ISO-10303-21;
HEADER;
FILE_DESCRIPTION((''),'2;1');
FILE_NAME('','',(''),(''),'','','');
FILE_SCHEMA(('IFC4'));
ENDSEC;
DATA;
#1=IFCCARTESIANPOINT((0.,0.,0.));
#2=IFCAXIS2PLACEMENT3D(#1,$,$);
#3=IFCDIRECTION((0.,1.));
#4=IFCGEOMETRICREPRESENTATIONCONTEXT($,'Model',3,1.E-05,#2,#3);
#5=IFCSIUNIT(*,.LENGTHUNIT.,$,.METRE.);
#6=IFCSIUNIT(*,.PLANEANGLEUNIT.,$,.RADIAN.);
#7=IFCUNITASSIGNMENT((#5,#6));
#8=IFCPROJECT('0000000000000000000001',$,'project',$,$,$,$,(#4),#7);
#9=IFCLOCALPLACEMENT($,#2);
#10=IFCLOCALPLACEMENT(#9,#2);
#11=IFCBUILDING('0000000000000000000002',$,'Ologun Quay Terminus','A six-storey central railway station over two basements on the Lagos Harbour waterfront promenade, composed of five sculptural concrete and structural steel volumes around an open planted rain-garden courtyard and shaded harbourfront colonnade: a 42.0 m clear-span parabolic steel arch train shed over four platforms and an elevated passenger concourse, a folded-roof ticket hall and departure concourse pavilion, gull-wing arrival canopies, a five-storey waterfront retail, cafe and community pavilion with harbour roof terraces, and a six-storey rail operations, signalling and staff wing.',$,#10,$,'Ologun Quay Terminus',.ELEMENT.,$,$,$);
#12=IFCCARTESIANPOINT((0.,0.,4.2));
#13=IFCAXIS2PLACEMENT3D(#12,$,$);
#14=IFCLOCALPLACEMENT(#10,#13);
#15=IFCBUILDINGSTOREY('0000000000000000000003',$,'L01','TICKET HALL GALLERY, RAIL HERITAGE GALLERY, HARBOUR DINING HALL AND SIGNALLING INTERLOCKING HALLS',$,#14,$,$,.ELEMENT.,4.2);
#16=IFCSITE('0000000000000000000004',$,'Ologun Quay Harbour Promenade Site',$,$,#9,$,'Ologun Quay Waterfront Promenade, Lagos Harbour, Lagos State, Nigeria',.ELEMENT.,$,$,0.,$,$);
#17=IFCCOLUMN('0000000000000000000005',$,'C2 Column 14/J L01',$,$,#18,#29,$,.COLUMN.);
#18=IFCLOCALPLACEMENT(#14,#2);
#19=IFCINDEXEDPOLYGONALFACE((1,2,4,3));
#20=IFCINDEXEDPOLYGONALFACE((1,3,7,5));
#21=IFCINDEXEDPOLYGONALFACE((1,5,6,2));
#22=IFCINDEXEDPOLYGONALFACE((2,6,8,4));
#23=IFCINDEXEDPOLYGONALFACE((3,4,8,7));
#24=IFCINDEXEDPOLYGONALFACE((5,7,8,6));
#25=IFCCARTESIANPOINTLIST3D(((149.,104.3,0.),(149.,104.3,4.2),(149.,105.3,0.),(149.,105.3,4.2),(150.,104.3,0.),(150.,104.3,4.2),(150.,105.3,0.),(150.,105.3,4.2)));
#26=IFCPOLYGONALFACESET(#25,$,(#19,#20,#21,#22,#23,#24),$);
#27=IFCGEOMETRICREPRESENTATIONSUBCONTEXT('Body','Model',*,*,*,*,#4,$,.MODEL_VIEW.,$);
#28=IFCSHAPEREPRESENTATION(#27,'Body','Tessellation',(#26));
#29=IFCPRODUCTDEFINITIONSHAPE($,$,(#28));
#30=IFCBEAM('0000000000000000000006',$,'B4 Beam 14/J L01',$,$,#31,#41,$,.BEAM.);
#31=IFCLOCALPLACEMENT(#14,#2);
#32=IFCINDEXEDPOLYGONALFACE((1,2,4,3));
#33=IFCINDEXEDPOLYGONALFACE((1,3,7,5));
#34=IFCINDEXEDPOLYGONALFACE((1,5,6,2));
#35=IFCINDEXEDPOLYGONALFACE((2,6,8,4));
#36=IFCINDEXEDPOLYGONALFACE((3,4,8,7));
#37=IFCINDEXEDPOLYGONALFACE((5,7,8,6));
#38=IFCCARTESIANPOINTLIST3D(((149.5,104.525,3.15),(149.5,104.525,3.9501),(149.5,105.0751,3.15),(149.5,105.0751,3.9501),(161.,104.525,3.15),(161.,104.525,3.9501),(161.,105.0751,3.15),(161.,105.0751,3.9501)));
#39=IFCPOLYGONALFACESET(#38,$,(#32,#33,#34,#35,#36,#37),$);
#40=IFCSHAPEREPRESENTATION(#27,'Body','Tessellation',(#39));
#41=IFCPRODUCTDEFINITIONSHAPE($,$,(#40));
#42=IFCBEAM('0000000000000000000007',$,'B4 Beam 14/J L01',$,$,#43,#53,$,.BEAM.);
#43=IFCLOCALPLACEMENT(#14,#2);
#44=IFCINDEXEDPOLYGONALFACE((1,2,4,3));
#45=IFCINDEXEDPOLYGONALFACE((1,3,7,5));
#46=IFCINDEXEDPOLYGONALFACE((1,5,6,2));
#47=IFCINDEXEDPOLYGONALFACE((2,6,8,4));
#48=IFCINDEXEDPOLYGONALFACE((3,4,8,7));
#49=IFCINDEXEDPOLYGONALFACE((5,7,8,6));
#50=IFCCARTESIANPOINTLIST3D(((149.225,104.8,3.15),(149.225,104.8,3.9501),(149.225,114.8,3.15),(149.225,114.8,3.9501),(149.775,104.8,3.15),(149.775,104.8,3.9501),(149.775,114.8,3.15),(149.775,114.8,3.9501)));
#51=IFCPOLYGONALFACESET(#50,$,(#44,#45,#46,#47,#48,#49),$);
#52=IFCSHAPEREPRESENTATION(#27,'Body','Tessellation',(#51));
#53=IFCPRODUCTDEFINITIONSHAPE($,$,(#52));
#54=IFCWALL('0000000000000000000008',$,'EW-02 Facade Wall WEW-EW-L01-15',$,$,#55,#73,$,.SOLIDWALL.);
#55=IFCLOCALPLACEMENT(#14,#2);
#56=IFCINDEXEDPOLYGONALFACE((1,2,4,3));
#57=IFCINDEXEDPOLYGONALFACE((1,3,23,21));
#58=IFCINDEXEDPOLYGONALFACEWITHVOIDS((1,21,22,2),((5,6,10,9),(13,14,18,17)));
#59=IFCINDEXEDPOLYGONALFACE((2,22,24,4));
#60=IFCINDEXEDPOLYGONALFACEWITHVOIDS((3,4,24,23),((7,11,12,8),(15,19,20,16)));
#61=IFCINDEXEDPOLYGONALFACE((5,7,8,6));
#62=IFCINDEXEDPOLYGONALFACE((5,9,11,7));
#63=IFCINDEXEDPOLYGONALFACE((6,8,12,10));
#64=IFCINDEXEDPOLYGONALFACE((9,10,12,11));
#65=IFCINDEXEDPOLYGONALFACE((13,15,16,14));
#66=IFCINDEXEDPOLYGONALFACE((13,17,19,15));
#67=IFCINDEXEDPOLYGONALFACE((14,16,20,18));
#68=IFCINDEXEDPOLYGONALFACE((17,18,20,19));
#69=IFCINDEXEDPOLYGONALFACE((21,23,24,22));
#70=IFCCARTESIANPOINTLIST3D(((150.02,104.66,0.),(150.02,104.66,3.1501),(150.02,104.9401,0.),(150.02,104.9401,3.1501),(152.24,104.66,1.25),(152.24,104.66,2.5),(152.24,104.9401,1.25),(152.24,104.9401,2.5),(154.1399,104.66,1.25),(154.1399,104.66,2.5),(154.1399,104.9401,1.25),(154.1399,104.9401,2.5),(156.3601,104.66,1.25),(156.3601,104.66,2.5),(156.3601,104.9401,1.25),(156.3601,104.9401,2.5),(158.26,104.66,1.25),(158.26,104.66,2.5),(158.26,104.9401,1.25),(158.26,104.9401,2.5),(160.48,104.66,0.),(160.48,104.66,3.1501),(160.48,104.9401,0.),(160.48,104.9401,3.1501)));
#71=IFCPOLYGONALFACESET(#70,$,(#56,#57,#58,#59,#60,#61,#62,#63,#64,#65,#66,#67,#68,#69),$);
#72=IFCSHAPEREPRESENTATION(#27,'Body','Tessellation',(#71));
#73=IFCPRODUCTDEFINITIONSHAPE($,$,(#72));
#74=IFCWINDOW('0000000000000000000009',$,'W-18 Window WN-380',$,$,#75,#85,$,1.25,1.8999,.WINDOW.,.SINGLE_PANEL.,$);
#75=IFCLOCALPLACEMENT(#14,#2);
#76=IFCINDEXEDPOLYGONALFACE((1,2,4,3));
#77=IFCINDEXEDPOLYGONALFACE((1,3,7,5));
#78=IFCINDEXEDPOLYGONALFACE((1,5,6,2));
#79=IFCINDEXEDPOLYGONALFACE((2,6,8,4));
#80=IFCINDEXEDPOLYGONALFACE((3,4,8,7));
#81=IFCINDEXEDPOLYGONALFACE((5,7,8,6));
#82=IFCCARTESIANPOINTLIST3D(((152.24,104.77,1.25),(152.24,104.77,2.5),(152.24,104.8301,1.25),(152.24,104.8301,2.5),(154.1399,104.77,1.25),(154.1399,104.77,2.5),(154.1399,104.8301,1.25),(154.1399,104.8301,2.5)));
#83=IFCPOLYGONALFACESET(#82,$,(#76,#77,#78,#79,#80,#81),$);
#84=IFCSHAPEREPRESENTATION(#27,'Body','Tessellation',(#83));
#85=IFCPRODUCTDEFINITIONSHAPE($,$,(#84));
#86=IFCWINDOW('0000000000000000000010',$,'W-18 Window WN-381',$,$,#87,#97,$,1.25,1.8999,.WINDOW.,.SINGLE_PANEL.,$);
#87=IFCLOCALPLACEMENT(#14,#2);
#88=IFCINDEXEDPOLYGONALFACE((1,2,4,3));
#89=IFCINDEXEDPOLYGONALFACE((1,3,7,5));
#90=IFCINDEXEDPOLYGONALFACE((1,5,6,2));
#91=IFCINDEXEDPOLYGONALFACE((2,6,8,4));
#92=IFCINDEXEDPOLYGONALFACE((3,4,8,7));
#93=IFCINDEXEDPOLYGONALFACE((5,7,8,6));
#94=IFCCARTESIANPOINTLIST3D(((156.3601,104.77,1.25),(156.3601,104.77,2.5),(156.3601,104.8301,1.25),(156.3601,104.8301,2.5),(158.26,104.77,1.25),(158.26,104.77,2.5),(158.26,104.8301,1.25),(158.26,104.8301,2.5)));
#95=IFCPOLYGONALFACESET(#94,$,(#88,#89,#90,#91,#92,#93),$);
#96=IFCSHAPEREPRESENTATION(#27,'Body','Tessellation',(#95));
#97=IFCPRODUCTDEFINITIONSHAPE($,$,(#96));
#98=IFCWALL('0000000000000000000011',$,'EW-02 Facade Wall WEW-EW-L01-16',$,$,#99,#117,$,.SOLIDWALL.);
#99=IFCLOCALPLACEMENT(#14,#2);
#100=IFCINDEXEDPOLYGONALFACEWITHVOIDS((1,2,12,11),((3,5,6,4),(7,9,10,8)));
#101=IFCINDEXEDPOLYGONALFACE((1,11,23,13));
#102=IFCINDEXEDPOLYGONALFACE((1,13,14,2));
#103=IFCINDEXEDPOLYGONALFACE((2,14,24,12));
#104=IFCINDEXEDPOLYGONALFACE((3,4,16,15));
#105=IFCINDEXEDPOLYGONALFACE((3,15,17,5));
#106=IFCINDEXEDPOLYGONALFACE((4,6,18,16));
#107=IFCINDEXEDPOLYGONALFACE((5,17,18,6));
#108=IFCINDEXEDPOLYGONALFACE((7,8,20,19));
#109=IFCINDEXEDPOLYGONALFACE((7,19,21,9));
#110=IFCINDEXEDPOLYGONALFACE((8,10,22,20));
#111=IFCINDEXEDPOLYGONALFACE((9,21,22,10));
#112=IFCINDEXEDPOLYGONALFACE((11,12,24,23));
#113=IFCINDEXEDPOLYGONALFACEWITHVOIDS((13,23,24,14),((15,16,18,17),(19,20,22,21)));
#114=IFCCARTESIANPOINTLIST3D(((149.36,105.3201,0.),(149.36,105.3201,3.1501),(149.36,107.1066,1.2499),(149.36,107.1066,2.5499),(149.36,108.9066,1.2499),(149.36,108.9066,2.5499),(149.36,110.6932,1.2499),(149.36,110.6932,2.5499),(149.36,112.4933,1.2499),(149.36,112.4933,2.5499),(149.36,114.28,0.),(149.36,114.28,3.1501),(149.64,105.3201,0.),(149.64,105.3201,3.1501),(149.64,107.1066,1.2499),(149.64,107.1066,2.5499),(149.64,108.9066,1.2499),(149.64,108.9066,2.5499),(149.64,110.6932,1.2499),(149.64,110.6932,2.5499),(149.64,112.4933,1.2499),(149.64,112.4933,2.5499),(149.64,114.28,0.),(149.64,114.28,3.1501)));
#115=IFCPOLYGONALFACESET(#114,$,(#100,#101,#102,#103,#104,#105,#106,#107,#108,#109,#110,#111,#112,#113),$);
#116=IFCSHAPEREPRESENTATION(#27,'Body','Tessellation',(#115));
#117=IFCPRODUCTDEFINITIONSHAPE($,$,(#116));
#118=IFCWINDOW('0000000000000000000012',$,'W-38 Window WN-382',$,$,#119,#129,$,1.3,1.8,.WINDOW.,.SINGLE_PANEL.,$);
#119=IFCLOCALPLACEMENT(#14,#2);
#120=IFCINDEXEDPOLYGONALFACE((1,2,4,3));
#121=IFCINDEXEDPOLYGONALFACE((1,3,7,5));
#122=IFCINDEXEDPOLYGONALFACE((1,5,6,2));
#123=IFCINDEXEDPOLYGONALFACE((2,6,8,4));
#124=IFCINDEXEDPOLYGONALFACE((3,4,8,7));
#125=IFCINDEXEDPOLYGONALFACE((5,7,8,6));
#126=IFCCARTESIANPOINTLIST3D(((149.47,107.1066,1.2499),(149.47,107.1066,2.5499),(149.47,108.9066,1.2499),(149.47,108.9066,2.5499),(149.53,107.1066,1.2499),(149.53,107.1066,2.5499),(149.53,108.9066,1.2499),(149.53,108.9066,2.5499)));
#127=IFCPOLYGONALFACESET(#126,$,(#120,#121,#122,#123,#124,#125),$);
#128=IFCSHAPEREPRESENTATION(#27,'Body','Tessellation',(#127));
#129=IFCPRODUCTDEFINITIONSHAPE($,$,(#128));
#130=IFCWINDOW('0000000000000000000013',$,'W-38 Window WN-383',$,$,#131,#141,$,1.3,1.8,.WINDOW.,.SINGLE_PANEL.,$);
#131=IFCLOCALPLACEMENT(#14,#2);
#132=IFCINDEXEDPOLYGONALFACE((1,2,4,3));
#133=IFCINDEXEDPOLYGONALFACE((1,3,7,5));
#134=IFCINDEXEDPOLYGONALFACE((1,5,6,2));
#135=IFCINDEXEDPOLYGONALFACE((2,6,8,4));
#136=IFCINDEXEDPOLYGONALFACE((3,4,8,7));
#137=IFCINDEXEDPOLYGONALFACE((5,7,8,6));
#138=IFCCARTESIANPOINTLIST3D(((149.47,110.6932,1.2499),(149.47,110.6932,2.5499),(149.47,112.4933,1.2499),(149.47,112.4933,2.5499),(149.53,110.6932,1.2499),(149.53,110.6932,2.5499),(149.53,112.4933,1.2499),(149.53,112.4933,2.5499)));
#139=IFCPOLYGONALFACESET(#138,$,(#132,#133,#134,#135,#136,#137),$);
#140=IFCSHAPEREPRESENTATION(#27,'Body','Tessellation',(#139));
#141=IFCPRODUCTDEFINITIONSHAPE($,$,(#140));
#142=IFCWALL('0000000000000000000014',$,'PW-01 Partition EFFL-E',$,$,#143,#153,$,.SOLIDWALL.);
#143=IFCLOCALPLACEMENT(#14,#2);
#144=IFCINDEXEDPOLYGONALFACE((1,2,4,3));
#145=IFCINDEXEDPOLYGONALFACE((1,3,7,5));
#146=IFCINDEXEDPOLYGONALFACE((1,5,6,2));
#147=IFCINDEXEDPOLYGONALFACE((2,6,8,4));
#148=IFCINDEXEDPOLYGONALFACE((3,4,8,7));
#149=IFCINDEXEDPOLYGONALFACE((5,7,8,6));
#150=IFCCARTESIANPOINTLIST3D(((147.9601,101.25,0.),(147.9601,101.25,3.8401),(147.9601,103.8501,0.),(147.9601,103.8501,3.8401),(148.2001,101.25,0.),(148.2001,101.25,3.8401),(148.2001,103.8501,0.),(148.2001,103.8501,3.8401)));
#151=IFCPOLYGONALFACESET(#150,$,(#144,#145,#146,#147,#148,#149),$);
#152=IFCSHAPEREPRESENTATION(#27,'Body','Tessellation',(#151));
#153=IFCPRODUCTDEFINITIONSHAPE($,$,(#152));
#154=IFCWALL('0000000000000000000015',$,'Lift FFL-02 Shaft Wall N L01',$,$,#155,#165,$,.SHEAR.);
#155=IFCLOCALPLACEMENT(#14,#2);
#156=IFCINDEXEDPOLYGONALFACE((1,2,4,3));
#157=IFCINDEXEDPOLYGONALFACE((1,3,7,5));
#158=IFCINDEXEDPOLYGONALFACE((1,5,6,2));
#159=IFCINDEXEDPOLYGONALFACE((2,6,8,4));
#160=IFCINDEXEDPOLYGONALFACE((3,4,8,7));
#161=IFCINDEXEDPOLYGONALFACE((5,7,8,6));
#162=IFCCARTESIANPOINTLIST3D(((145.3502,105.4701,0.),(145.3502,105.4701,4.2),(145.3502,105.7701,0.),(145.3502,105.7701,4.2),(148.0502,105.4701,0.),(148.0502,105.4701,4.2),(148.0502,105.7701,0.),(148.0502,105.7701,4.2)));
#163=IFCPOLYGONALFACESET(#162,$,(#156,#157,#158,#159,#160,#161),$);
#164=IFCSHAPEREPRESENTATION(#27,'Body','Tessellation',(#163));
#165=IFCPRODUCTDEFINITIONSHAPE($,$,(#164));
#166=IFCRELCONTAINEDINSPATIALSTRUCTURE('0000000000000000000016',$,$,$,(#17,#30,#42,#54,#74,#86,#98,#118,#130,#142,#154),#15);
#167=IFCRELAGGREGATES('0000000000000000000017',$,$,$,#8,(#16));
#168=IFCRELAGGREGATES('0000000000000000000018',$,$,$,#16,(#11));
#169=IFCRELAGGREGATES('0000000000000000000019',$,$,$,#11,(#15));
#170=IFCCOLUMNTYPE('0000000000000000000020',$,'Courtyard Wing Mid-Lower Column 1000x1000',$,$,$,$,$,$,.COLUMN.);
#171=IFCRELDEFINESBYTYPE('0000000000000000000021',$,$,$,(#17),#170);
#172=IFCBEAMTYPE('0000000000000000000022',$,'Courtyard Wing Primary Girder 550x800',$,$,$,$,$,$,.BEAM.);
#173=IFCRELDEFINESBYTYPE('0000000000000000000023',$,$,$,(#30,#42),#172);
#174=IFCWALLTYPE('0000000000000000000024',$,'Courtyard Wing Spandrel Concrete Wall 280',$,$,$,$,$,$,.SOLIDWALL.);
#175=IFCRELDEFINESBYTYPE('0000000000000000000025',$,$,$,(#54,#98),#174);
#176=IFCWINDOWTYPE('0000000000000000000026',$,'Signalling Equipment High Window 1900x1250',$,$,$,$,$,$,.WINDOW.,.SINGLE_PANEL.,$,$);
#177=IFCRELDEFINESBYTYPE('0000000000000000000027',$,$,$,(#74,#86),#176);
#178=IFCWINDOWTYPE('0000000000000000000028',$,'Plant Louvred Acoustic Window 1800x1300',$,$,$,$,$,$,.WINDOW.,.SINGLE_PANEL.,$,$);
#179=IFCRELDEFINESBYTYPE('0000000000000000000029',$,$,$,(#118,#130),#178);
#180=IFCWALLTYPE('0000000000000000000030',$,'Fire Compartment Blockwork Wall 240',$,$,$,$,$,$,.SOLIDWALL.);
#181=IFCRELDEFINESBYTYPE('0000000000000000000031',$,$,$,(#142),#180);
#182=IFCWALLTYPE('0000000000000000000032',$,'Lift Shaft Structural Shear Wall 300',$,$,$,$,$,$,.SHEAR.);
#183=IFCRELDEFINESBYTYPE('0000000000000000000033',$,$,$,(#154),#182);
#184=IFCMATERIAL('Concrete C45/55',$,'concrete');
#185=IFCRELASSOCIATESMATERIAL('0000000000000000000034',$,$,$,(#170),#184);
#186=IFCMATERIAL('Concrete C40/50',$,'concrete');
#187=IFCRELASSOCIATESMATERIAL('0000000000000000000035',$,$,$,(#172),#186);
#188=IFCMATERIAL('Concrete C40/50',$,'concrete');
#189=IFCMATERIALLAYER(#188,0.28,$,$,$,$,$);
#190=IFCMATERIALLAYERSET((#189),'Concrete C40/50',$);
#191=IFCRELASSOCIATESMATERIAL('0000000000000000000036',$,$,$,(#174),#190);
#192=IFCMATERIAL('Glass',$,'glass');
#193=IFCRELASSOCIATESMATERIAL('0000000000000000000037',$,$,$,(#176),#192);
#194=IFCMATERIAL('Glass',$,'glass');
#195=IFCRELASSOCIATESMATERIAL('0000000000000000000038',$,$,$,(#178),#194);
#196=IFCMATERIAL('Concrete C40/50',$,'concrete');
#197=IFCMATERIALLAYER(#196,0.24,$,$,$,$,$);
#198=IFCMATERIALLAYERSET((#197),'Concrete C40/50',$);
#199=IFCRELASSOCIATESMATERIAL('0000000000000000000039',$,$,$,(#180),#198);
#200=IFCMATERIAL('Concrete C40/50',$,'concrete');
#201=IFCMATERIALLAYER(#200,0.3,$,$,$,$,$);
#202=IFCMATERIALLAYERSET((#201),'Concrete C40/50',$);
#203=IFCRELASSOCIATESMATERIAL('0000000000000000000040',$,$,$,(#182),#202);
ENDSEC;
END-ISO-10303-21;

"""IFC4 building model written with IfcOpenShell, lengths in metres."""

from ifc_helpers import new_model, si_unit, direction, frame, frame_2d, origin, origin_2d, place, context, subcontext, project, spatial, rectangle, extrude, material, layer, layer_set, material_profile, profile_set, type_object, element, fill, save


model = new_model("IFC4")

# Units and contexts
model_context = context("Model", 3, precision=1e-05, world=origin(), true_north=direction((0.0, 1.0)))
body_context = subcontext(model_context, "Body", "Model", "MODEL_VIEW")
ifc_project = project(units=[si_unit("LENGTHUNIT", "METRE"), si_unit("PLANEANGLEUNIT", "RADIAN")], contexts=[model_context])

# Site, building, storey
site_placement = place(None, origin())
site = spatial("IfcSite", under=ifc_project, at=site_placement, Name="Ologun Quay Harbour Promenade Site", LongName="Ologun Quay Waterfront Promenade, Lagos Harbour, Lagos State, Nigeria", CompositionType="ELEMENT", RefElevation=0.0)
building_placement = place(site_placement, origin())
building = spatial("IfcBuilding", under=site, at=building_placement, Name="Ologun Quay Terminus", Description="A six-storey central railway station over two basements on the Lagos Harbour waterfront promenade, composed of five sculptural concrete and structural steel volumes around an open planted rain-garden courtyard and shaded harbourfront colonnade: a 42.0 m clear-span parabolic steel arch train shed over four platforms and an elevated passenger concourse, a folded-roof ticket hall and departure concourse pavilion, gull-wing arrival canopies, a five-storey waterfront retail, cafe and community pavilion with harbour roof terraces, and a six-storey rail operations, signalling and staff wing.", LongName="Ologun Quay Terminus", CompositionType="ELEMENT")
storey_placement = place(building_placement, frame((0.0, 0.0, 4.2)))
storey = spatial("IfcBuildingStorey", under=building, at=storey_placement, Name="L01", Description="TICKET HALL GALLERY, RAIL HERITAGE GALLERY, HARBOUR DINING HALL AND SIGNALLING INTERLOCKING HALLS", CompositionType="ELEMENT", Elevation=4.2)

# Column
ifc_material_1 = material(Name="Concrete C45/55", Category="concrete")
ifc_material_profile_1 = material_profile(ifc_material_1, rectangle(XDim=1.0, YDim=1.0, at=origin_2d()), Name="RC 1000x1000")
ifc_profile_set_1 = profile_set([ifc_material_profile_1], Name="Concrete C45/55")
column_type = type_object("IfcColumnType", Name="Courtyard Wing Mid-Lower Column 1000x1000", PredefinedType="COLUMN", material=ifc_profile_set_1)
column_placement = place(storey_placement, frame((149.5, 104.8, 0.0), z_axis=(0.0, 0.0, 1.0), x_axis=(1.0, 0.0, 0.0)))
element("IfcColumn", 1, at=column_placement, inside=storey, type_object=column_type, Name="C2 Column 14/J L01", PredefinedType="COLUMN", context=body_context, shape_type="SweptSolid", body=[
    extrude(rectangle(XDim=1.0, YDim=1.0, at=origin_2d()), origin(), (0.0, 0.0, 1.0), 4.2),
])

# Beams
ifc_material_2 = material(Name="Concrete C40/50", Category="concrete")
ifc_material_profile_2 = material_profile(ifc_material_2, rectangle(XDim=0.55, YDim=0.8, at=origin_2d()), Name="RC 550x800")
ifc_profile_set_2 = profile_set([ifc_material_profile_2], Name="Concrete C40/50")
beam_type = type_object("IfcBeamType", Name="Courtyard Wing Primary Girder 550x800", PredefinedType="BEAM", material=ifc_profile_set_2)
beam_1_placement = place(storey_placement, frame((149.5, 104.8, 3.55), z_axis=(1.0, 0.0, 0.0), x_axis=(0.0, 1.0, 0.0)))
element("IfcBeam", 2, at=beam_1_placement, inside=storey, type_object=beam_type, Name="B4 Beam 14/J L01", PredefinedType="BEAM", context=body_context, shape_type="SweptSolid", body=[
    extrude(rectangle(XDim=0.55, YDim=0.8, at=origin_2d()), origin(), (0.0, 0.0, 1.0), 11.5),
])
beam_2_placement = place(storey_placement, frame((149.5, 104.8, 3.55), z_axis=(0.0, 1.0, 0.0), x_axis=(-1.0, 0.0, 0.0)))
element("IfcBeam", 3, at=beam_2_placement, inside=storey, type_object=beam_type, Name="B4 Beam 14/J L01", PredefinedType="BEAM", context=body_context, shape_type="SweptSolid", body=[
    extrude(rectangle(XDim=0.55, YDim=0.8, at=origin_2d()), origin(), (0.0, 0.0, 1.0), 10.0),
])

# Walls, openings, windows
ifc_material_3 = material(Name="Concrete C40/50", Category="concrete")
ifc_layer_1 = layer(ifc_material_3, 0.28)
ifc_layer_set_1 = layer_set([ifc_layer_1], Name="Concrete C40/50")
wall_type_1 = type_object("IfcWallType", Name="Courtyard Wing Spandrel Concrete Wall 280", PredefinedType="SOLIDWALL", material=ifc_layer_set_1)
wall_1_placement = place(storey_placement, frame((150.02, 104.8, 0.0), z_axis=(0.0, 0.0, 1.0), x_axis=(1.0, 0.0, 0.0)))
wall_1 = element("IfcWall", 4, at=wall_1_placement, inside=storey, type_object=wall_type_1, Name="EW-02 Facade Wall WEW-EW-L01-15", PredefinedType="SOLIDWALL", context=body_context, shape_type="SweptSolid", body=[
    extrude(rectangle(XDim=10.46, YDim=0.28, at=frame_2d((5.23, 0.0))), origin(), (0.0, 0.0, 1.0), 3.1501),
])
opening_1_placement = place(wall_1_placement, frame((2.22, 0.0, 1.25)))
opening_1 = element("IfcOpeningElement", 5, at=opening_1_placement, cuts=wall_1, PredefinedType="OPENING", context=body_context, shape_type="SweptSolid", body=[
    extrude(rectangle(XDim=1.8999, YDim=1.25, at=frame_2d((0.95, 0.625))), frame((0.0, 0.1499, 0.0), z_axis=(0.0, -1.0, 0.0), x_axis=(1.0, 0.0, 0.0)), (0.0, 0.0, 1.0), 0.3),
])
opening_2_placement = place(wall_1_placement, frame((6.3401, 0.0, 1.25)))
opening_2 = element("IfcOpeningElement", 6, at=opening_2_placement, cuts=wall_1, PredefinedType="OPENING", context=body_context, shape_type="SweptSolid", body=[
    extrude(rectangle(XDim=1.8999, YDim=1.25, at=frame_2d((0.95, 0.625))), frame((0.0, 0.1499, 0.0), z_axis=(0.0, -1.0, 0.0), x_axis=(1.0, 0.0, 0.0)), (0.0, 0.0, 1.0), 0.3),
])
ifc_material_4 = material(Name="Glass", Category="glass")
window_type_1 = type_object("IfcWindowType", Name="Signalling Equipment High Window 1900x1250", PartitioningType="SINGLE_PANEL", PredefinedType="WINDOW", material=ifc_material_4)
window_1_placement = place(opening_1_placement, origin())
window_1 = element("IfcWindow", 7, at=window_1_placement, inside=storey, type_object=window_type_1, Name="W-18 Window WN-380", OverallHeight=1.25, OverallWidth=1.8999, PartitioningType="SINGLE_PANEL", PredefinedType="WINDOW", context=body_context, shape_type="SweptSolid", body=[
    extrude(rectangle(XDim=1.8999, YDim=1.25, at=frame_2d((0.95, 0.625))), frame((0.0, 0.03, 0.0), z_axis=(0.0, -1.0, 0.0), x_axis=(1.0, 0.0, 0.0)), (0.0, 0.0, 1.0), 0.0601),
])
fill(opening_1, window_1)
window_2_placement = place(opening_2_placement, origin())
window_2 = element("IfcWindow", 8, at=window_2_placement, inside=storey, type_object=window_type_1, Name="W-18 Window WN-381", OverallHeight=1.25, OverallWidth=1.8999, PartitioningType="SINGLE_PANEL", PredefinedType="WINDOW", context=body_context, shape_type="SweptSolid", body=[
    extrude(rectangle(XDim=1.8999, YDim=1.25, at=frame_2d((0.95, 0.625))), frame((0.0, 0.03, 0.0), z_axis=(0.0, -1.0, 0.0), x_axis=(1.0, 0.0, 0.0)), (0.0, 0.0, 1.0), 0.0601),
])
fill(opening_2, window_2)
wall_2_placement = place(storey_placement, frame((149.5, 105.3201, 0.0), z_axis=(0.0, 0.0, 1.0), x_axis=(0.0, 1.0, 0.0)))
wall_2 = element("IfcWall", 9, at=wall_2_placement, inside=storey, type_object=wall_type_1, Name="EW-02 Facade Wall WEW-EW-L01-16", PredefinedType="SOLIDWALL", context=body_context, shape_type="SweptSolid", body=[
    extrude(rectangle(XDim=8.96, YDim=0.28, at=frame_2d((4.48, 0.0))), origin(), (0.0, 0.0, 1.0), 3.1501),
])
opening_3_placement = place(wall_2_placement, frame((1.7866, 0.0, 1.25)))
opening_3 = element("IfcOpeningElement", 10, at=opening_3_placement, cuts=wall_2, PredefinedType="OPENING", context=body_context, shape_type="SweptSolid", body=[
    extrude(rectangle(XDim=1.8, YDim=1.3, at=frame_2d((0.8999, 0.6499))), frame((0.0, 0.1499, 0.0), z_axis=(0.0, -1.0, 0.0), x_axis=(1.0, 0.0, 0.0)), (0.0, 0.0, 1.0), 0.3),
])
opening_4_placement = place(wall_2_placement, frame((5.3733, 0.0, 1.25)))
opening_4 = element("IfcOpeningElement", 11, at=opening_4_placement, cuts=wall_2, PredefinedType="OPENING", context=body_context, shape_type="SweptSolid", body=[
    extrude(rectangle(XDim=1.8, YDim=1.3, at=frame_2d((0.8999, 0.6499))), frame((0.0, 0.1499, 0.0), z_axis=(0.0, -1.0, 0.0), x_axis=(1.0, 0.0, 0.0)), (0.0, 0.0, 1.0), 0.3),
])
ifc_material_5 = material(Name="Glass", Category="glass")
window_type_2 = type_object("IfcWindowType", Name="Plant Louvred Acoustic Window 1800x1300", PartitioningType="SINGLE_PANEL", PredefinedType="WINDOW", material=ifc_material_5)
window_3_placement = place(opening_3_placement, origin())
window_3 = element("IfcWindow", 12, at=window_3_placement, inside=storey, type_object=window_type_2, Name="W-38 Window WN-382", OverallHeight=1.3, OverallWidth=1.8, PartitioningType="SINGLE_PANEL", PredefinedType="WINDOW", context=body_context, shape_type="SweptSolid", body=[
    extrude(rectangle(XDim=1.8, YDim=1.3, at=frame_2d((0.8999, 0.6499))), frame((0.0, 0.03, 0.0), z_axis=(0.0, -1.0, 0.0), x_axis=(1.0, 0.0, 0.0)), (0.0, 0.0, 1.0), 0.0601),
])
fill(opening_3, window_3)
window_4_placement = place(opening_4_placement, origin())
window_4 = element("IfcWindow", 13, at=window_4_placement, inside=storey, type_object=window_type_2, Name="W-38 Window WN-383", OverallHeight=1.3, OverallWidth=1.8, PartitioningType="SINGLE_PANEL", PredefinedType="WINDOW", context=body_context, shape_type="SweptSolid", body=[
    extrude(rectangle(XDim=1.8, YDim=1.3, at=frame_2d((0.8999, 0.6499))), frame((0.0, 0.03, 0.0), z_axis=(0.0, -1.0, 0.0), x_axis=(1.0, 0.0, 0.0)), (0.0, 0.0, 1.0), 0.0601),
])
fill(opening_4, window_4)

# Wall
ifc_material_6 = material(Name="Concrete C40/50", Category="concrete")
ifc_layer_2 = layer(ifc_material_6, 0.24)
ifc_layer_set_2 = layer_set([ifc_layer_2], Name="Concrete C40/50")
wall_type_2 = type_object("IfcWallType", Name="Fire Compartment Blockwork Wall 240", PredefinedType="SOLIDWALL", material=ifc_layer_set_2)
wall_3_placement = place(storey_placement, frame((148.0801, 101.25, 0.0), z_axis=(0.0, 0.0, 1.0), x_axis=(0.0, 1.0, 0.0)))
element("IfcWall", 14, at=wall_3_placement, inside=storey, type_object=wall_type_2, Name="PW-01 Partition EFFL-E", PredefinedType="SOLIDWALL", context=body_context, shape_type="SweptSolid", body=[
    extrude(rectangle(XDim=2.6001, YDim=0.24, at=frame_2d((1.3, 0.0))), origin(), (0.0, 0.0, 1.0), 3.8401),
])

# Shared definitions
ifc_material_7 = material(Name="Concrete C40/50", Category="concrete")
ifc_layer_3 = layer(ifc_material_7, 0.3)
ifc_layer_set_3 = layer_set([ifc_layer_3], Name="Concrete C40/50")
wall_type_3 = type_object("IfcWallType", Name="Lift Shaft Structural Shear Wall 300", PredefinedType="SHEAR", material=ifc_layer_set_3)

# Wall
wall_4_placement = place(storey_placement, frame((145.3501, 105.6201, 0.0), z_axis=(0.0, 0.0, 1.0), x_axis=(1.0, 0.0, 0.0)))
element("IfcWall", 15, at=wall_4_placement, inside=storey, type_object=wall_type_3, Name="Lift FFL-02 Shaft Wall N L01", PredefinedType="SHEAR", context=body_context, shape_type="SweptSolid", body=[
    extrude(rectangle(XDim=2.7, YDim=0.3, at=frame_2d((1.3501, 0.0))), origin(), (0.0, 0.0, 1.0), 4.2),
])

save(model, "model.ifc")
